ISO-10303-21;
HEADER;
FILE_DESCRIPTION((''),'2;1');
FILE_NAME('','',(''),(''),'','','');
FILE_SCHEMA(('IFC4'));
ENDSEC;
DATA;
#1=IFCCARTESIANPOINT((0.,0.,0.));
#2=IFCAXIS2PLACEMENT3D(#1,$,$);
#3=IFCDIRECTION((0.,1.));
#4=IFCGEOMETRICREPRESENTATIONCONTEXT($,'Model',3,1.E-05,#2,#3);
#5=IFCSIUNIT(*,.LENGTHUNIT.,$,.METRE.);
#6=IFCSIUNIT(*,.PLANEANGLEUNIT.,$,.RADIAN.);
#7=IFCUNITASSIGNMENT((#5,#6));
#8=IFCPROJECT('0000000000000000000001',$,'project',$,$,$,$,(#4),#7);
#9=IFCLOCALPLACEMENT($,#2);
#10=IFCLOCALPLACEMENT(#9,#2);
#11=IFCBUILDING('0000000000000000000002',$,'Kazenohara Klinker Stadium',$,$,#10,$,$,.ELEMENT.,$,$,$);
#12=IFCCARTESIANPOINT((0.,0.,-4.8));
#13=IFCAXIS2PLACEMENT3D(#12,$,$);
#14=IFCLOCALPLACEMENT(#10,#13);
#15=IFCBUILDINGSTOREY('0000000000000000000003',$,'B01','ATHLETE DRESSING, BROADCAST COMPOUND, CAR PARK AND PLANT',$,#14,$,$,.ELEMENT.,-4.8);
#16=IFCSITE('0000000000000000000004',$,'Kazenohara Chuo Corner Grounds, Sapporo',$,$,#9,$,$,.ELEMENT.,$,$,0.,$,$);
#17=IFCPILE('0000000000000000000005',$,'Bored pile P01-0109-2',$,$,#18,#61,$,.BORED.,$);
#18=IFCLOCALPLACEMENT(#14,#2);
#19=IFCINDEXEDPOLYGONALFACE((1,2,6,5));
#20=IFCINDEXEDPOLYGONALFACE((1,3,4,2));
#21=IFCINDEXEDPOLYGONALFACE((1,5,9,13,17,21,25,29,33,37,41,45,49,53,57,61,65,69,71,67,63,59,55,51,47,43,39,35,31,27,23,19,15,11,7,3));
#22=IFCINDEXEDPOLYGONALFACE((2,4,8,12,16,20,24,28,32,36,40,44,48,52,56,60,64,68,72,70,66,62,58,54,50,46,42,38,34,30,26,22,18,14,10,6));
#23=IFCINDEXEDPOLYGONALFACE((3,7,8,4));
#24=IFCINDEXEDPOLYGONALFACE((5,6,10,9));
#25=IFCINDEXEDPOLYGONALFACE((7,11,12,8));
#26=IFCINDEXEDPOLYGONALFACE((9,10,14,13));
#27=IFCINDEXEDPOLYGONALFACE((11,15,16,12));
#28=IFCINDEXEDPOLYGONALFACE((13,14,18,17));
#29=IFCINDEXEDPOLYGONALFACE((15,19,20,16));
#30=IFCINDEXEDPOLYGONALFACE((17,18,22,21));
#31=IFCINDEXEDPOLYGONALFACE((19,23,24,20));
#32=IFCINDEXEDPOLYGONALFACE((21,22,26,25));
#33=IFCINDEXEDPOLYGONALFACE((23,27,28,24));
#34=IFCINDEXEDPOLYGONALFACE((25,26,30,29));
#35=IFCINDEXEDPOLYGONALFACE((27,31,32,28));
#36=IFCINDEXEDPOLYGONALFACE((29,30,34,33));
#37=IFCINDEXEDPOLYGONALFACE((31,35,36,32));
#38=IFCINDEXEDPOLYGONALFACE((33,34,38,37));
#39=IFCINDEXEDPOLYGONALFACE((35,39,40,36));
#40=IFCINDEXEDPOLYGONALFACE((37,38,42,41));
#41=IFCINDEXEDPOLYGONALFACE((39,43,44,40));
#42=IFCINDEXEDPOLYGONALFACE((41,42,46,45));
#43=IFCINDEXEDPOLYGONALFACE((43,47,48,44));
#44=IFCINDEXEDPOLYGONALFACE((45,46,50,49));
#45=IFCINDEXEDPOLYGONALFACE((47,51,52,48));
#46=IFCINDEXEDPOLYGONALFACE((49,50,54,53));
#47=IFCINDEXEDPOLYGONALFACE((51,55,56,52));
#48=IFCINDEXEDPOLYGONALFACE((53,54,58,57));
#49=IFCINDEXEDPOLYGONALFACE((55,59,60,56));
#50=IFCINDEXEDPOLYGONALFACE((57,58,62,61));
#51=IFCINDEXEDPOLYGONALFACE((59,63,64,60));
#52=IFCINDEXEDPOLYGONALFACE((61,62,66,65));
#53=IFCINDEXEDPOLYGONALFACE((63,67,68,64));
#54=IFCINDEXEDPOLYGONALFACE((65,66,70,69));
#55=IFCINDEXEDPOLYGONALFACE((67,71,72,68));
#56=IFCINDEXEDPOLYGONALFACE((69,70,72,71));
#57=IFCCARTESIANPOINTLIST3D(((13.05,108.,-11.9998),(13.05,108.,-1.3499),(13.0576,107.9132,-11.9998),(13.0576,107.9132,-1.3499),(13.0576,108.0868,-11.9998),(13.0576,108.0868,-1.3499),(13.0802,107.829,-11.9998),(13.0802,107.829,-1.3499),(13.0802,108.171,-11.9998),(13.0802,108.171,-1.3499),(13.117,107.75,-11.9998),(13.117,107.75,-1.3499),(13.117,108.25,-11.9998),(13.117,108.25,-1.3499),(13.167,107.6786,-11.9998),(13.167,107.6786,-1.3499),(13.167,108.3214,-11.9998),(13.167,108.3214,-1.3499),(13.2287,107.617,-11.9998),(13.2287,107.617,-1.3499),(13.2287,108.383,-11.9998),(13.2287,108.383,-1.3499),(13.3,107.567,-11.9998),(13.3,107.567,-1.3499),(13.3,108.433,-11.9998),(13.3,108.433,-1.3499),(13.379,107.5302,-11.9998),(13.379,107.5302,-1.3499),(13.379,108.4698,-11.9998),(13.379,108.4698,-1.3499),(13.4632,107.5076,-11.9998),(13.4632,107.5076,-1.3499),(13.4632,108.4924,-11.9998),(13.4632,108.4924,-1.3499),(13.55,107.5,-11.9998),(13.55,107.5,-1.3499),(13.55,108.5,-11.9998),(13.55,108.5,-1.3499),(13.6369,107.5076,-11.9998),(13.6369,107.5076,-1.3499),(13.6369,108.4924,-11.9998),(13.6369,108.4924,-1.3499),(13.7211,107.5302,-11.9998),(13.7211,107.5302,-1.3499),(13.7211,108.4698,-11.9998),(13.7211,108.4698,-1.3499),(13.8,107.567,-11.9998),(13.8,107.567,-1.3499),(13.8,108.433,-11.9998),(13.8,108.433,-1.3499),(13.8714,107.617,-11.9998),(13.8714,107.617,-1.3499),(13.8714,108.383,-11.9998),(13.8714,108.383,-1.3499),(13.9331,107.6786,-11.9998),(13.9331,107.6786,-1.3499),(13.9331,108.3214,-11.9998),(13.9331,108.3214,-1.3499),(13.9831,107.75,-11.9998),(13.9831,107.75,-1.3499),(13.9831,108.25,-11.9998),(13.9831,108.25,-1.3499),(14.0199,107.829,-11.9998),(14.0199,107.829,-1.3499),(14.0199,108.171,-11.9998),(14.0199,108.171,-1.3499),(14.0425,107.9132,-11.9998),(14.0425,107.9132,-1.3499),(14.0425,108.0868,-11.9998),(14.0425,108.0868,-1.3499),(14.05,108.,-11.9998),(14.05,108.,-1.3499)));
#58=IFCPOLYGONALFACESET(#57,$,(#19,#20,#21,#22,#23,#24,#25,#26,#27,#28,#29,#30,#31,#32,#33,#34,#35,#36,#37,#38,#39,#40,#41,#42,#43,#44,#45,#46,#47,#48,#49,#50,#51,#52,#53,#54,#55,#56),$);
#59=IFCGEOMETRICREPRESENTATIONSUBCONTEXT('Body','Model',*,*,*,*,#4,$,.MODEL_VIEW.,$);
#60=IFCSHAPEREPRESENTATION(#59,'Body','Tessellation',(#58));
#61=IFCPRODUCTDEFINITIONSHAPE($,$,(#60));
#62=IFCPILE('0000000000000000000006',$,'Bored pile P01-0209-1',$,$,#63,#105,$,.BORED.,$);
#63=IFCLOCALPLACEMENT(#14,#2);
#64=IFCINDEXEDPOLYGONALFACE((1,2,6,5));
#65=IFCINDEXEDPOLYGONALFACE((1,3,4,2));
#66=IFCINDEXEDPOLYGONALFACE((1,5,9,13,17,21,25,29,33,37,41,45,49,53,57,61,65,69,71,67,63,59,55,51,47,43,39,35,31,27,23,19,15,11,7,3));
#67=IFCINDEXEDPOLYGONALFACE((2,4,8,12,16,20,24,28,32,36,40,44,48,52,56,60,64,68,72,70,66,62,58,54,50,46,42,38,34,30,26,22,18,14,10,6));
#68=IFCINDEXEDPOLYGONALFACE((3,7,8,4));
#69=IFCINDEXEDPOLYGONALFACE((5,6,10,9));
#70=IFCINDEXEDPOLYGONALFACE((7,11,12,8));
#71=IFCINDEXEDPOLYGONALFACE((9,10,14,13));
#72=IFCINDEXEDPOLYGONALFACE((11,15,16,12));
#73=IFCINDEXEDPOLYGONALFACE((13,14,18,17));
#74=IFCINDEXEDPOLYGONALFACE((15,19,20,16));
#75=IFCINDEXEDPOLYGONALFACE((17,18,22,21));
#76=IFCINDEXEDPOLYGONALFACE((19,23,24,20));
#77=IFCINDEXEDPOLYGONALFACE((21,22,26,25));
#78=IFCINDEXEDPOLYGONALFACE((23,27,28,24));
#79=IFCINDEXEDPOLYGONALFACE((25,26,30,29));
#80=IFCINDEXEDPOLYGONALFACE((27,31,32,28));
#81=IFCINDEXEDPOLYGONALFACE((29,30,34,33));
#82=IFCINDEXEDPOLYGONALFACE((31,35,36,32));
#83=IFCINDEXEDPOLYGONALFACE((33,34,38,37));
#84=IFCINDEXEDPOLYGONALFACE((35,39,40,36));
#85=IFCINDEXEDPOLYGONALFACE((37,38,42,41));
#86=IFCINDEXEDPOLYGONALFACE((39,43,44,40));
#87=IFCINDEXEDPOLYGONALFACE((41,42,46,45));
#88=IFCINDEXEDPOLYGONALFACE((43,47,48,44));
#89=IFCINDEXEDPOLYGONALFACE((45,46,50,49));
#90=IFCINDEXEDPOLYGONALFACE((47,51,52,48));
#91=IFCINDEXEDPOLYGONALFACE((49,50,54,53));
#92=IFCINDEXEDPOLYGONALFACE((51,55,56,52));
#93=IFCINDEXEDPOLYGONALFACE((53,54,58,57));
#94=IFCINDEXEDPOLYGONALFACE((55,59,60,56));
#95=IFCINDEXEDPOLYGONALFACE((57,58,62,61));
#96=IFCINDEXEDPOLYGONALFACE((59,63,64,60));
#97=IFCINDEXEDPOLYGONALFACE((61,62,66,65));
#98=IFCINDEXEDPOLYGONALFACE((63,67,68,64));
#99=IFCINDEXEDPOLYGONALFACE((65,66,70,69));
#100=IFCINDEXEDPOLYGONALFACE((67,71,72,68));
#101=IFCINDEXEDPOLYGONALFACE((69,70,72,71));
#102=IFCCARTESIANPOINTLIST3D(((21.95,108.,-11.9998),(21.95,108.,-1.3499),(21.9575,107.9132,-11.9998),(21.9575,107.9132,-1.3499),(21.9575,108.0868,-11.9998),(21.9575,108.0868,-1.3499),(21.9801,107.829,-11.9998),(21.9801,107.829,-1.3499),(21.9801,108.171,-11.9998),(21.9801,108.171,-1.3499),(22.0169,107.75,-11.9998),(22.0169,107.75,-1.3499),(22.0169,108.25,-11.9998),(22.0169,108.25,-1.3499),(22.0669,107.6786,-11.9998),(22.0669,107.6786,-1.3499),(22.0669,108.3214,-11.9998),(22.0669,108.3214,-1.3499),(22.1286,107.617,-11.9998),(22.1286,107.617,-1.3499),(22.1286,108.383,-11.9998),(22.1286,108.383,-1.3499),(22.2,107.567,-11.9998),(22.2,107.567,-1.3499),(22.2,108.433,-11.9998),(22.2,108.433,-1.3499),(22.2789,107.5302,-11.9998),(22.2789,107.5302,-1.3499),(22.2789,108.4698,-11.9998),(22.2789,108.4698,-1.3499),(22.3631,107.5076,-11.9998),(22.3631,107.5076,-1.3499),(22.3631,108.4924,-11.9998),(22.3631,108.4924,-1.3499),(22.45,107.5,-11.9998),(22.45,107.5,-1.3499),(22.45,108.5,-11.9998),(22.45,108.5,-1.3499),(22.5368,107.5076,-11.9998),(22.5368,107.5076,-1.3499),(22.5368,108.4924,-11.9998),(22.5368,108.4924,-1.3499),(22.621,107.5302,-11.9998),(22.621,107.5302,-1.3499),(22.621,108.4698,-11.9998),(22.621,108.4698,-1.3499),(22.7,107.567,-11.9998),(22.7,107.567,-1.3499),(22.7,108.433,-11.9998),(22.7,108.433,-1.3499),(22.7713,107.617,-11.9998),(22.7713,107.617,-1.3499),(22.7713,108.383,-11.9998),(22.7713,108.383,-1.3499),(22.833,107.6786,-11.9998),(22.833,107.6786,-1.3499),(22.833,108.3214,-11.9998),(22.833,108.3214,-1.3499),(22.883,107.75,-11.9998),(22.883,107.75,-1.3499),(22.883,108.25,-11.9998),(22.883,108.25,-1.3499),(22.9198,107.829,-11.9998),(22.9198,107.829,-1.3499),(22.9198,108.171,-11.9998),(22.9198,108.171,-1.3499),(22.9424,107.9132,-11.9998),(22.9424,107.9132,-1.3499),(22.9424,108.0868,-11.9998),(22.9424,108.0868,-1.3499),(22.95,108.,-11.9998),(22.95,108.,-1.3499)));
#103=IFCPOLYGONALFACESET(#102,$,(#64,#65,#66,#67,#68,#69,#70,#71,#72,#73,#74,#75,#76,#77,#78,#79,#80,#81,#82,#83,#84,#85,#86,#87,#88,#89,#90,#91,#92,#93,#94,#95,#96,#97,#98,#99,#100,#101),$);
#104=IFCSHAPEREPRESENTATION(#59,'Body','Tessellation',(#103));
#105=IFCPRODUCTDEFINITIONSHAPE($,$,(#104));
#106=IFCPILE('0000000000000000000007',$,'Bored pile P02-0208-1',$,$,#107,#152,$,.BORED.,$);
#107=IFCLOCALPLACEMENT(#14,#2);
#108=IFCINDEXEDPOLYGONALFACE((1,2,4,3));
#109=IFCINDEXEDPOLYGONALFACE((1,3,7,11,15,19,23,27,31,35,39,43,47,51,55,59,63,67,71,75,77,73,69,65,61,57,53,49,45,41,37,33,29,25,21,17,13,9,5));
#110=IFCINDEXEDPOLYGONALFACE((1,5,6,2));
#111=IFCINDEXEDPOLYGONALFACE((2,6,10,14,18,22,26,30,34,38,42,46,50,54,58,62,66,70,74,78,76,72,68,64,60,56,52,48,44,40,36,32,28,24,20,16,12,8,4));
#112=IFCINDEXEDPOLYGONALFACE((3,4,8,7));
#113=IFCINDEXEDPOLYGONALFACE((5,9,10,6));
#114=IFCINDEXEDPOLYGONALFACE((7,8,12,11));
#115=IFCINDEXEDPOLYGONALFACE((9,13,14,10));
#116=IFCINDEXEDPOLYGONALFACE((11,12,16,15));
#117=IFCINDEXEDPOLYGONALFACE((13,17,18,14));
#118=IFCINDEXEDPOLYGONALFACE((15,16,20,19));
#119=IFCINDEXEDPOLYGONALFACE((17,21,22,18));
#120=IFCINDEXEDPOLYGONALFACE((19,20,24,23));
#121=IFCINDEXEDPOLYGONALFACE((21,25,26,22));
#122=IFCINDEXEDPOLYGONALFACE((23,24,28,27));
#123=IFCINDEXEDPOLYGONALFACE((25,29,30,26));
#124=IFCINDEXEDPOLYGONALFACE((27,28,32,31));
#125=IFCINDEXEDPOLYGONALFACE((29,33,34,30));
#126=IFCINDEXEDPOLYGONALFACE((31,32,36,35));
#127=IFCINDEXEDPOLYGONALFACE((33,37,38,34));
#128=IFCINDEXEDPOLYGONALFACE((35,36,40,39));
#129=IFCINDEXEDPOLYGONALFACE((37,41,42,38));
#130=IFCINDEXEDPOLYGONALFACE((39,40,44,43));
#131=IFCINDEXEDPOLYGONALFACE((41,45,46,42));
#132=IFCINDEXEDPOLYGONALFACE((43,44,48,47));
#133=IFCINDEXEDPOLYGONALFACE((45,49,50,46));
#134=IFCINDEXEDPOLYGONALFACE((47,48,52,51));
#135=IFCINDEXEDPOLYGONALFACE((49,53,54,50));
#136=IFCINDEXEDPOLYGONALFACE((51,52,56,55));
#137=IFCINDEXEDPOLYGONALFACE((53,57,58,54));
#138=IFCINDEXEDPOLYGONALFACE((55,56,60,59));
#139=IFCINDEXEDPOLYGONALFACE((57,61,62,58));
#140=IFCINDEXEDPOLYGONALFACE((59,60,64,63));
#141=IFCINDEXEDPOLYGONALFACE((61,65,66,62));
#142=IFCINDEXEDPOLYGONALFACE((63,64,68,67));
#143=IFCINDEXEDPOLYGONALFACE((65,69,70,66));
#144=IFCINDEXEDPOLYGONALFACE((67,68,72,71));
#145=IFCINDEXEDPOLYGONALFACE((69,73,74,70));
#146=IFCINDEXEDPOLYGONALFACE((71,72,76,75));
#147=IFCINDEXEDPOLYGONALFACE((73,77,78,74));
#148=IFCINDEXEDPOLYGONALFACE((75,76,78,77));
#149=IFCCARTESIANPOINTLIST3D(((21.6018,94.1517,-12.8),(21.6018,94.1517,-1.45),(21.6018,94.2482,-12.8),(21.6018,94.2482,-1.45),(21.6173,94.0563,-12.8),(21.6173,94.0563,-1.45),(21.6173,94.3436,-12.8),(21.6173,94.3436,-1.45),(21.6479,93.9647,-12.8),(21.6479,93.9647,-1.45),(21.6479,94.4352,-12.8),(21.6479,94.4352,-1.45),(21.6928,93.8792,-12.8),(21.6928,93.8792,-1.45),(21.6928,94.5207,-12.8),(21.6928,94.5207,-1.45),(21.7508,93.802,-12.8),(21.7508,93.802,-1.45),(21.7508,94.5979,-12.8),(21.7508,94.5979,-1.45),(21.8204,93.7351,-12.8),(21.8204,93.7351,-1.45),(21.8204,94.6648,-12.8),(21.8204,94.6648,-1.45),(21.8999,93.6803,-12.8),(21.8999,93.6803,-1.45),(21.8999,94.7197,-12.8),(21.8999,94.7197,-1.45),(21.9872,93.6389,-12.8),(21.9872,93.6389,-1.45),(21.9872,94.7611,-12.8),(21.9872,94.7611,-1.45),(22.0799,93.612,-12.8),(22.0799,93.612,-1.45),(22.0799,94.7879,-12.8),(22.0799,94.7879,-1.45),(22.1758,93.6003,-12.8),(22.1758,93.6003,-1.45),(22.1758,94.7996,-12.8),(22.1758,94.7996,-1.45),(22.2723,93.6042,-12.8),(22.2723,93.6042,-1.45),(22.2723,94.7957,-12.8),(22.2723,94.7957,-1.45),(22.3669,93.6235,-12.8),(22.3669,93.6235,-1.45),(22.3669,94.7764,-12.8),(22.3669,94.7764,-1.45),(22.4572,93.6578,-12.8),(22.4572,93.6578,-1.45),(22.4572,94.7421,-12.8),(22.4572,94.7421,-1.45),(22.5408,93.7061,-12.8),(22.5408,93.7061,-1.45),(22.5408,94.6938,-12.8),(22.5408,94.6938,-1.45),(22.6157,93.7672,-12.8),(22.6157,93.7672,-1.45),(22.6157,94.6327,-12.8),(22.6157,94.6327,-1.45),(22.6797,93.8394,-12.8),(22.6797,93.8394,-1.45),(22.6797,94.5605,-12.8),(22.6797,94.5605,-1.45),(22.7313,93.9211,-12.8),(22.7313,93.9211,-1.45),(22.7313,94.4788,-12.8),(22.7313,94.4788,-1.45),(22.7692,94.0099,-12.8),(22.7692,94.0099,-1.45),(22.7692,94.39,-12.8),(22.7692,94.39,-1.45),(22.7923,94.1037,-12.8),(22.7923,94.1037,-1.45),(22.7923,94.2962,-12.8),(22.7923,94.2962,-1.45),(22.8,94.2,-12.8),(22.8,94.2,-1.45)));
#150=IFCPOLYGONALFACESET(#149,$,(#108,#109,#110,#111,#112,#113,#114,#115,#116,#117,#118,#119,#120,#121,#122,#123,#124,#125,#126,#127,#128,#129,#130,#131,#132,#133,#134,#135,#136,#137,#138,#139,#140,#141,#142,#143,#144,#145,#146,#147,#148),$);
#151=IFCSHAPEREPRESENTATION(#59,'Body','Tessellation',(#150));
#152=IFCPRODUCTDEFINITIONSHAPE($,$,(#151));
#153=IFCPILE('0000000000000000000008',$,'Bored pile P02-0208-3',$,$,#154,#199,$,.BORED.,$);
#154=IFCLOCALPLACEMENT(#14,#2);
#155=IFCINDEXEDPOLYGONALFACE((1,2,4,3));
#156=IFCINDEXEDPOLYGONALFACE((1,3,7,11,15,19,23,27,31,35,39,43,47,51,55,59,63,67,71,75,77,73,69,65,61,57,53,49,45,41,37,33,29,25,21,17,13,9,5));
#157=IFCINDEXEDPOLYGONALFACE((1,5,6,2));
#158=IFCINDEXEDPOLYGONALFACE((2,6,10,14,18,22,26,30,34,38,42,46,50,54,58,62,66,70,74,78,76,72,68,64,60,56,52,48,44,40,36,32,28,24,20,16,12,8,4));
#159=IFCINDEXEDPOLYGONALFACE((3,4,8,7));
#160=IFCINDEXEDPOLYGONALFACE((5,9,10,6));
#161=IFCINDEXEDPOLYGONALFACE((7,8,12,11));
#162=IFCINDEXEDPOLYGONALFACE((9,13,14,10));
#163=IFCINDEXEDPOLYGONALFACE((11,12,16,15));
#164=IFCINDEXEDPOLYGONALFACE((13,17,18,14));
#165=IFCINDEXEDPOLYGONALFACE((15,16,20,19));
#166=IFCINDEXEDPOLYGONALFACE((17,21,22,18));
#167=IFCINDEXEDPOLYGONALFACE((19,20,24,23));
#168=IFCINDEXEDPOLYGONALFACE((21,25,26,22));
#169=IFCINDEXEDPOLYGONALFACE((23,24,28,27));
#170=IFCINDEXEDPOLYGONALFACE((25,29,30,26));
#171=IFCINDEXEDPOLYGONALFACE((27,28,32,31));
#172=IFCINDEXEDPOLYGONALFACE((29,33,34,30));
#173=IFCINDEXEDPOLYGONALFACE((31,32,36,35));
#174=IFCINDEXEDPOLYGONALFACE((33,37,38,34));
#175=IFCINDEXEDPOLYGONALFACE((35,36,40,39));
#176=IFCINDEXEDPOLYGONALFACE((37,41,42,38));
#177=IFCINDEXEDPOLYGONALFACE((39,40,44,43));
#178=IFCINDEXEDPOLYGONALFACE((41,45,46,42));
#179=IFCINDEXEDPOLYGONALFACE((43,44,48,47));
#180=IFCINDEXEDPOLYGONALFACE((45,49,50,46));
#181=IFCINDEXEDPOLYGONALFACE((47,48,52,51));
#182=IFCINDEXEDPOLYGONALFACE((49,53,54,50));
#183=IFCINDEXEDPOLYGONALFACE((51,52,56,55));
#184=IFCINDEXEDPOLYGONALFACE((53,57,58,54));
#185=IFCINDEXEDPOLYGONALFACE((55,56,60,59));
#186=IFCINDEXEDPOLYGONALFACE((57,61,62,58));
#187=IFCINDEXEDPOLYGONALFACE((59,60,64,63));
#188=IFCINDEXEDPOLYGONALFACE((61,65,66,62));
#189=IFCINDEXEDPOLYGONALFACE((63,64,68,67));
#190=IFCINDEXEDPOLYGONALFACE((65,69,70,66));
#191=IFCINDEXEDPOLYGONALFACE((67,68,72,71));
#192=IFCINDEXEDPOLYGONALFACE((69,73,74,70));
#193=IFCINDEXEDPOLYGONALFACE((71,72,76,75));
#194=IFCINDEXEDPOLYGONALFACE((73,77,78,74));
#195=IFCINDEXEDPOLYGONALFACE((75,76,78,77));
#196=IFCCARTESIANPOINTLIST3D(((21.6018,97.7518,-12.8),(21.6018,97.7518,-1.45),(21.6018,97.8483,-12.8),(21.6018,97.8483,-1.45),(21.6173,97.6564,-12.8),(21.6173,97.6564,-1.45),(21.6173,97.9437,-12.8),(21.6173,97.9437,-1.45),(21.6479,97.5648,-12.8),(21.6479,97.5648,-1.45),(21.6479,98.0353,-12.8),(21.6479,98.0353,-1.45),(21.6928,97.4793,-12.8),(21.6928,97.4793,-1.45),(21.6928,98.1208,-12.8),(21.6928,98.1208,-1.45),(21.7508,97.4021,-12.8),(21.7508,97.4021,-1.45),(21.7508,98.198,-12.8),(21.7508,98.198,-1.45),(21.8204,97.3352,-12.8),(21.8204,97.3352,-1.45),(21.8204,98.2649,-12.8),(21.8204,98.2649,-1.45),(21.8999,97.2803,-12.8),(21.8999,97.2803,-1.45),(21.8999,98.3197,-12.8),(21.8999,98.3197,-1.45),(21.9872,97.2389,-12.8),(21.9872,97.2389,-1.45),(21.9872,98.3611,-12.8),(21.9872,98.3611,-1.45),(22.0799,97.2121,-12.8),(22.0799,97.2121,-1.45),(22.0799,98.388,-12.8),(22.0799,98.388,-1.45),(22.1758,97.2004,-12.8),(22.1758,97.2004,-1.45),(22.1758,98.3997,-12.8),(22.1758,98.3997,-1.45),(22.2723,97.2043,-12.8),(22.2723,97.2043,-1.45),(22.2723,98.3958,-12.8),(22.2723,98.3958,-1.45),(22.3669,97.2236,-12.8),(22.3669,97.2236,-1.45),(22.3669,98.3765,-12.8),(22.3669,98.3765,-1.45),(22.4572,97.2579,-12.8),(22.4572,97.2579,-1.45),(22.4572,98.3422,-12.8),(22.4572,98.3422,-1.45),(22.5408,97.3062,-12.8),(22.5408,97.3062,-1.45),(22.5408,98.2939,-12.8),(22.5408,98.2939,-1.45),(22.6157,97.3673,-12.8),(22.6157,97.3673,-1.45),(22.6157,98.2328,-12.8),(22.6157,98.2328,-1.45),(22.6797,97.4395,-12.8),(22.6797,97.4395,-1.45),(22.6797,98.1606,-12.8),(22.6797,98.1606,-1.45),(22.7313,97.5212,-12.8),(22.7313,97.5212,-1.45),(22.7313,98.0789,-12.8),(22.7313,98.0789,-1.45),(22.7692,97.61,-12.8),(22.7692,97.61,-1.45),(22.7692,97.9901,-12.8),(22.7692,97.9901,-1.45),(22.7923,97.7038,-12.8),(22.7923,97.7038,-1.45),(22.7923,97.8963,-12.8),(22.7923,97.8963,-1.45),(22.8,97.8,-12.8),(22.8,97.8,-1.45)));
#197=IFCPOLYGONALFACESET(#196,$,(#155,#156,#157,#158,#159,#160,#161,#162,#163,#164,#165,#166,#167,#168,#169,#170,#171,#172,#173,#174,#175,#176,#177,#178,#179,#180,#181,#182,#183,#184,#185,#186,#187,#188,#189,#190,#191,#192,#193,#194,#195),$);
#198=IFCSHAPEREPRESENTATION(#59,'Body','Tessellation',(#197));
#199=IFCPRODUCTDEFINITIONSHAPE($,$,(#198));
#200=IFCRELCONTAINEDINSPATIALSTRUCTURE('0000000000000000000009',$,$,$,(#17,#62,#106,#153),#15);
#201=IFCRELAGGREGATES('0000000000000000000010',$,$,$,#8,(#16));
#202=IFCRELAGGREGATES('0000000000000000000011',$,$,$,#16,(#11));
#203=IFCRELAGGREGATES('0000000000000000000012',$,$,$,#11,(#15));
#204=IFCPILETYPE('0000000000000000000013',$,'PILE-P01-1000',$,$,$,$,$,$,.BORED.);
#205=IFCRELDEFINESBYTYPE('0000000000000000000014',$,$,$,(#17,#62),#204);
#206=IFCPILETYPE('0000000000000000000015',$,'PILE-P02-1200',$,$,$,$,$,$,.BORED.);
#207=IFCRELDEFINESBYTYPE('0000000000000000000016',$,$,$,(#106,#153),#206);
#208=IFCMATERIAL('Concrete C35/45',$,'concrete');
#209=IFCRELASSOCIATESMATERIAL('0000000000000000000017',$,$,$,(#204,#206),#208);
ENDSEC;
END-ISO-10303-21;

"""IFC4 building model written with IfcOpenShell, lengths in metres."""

from ifc_helpers import new_model, si_unit, direction, frame, origin, origin_2d, place, context, subcontext, project, spatial, circle, extrude, material, material_profile, profile_set, type_object, element, save


model = new_model("IFC4")

# Units and contexts
model_context = context("Model", 3, precision=1e-05, world=origin(), true_north=direction((0.0, 1.0)))
body_context = subcontext(model_context, "Body", "Model", "MODEL_VIEW")
ifc_project = project(units=[si_unit("LENGTHUNIT", "METRE"), si_unit("PLANEANGLEUNIT", "RADIAN")], contexts=[model_context])

# Site, building, storey
site_placement = place(None, origin())
site = spatial("IfcSite", under=ifc_project, at=site_placement, Name="Kazenohara Chuo Corner Grounds, Sapporo", CompositionType="ELEMENT", RefElevation=0.0)
building_placement = place(site_placement, origin())
building = spatial("IfcBuilding", under=site, at=building_placement, Name="Kazenohara Klinker Stadium", CompositionType="ELEMENT")
storey_placement = place(building_placement, frame((0.0, 0.0, -4.8)))
storey = spatial("IfcBuildingStorey", under=building, at=storey_placement, Name="B01", Description="ATHLETE DRESSING, BROADCAST COMPOUND, CAR PARK AND PLANT", CompositionType="ELEMENT", Elevation=-4.8)

# Shared definitions
ifc_material_1 = material(Name="Concrete C35/45", Category="concrete")

# Piles
ifc_material_profile_1 = material_profile(ifc_material_1, circle(Radius=0.5, at=origin_2d()), Name="BORED-PILE-1000")
ifc_profile_set_1 = profile_set([ifc_material_profile_1], Name="Concrete C35/45")
pile_type_1 = type_object("IfcPileType", Name="PILE-P01-1000", PredefinedType="BORED", material=ifc_profile_set_1)
for number, where, z_axis, x_axis, name in (
    (1, (13.55, 108.0, -1.3499), (0.0, 0.0, -1.0), (1.0, 0.0, 0.0), "Bored pile P01-0109-2"),
    (2, (22.45, 108.0, -1.3499), (0.0, 0.0, -1.0), (1.0, 0.0, 0.0), "Bored pile P01-0209-1"),
):
    element("IfcPile", number, at=place(storey_placement, frame(where, z_axis=z_axis, x_axis=x_axis)), inside=storey, type_object=pile_type_1, Name=name, PredefinedType="BORED", context=body_context, shape_type="SweptSolid", body=[
        extrude(circle(Radius=0.5, at=origin_2d()), origin(), (0.0, 0.0, 1.0), 10.6499),
    ])
ifc_material_profile_2 = material_profile(ifc_material_1, circle(Radius=0.6001, at=origin_2d()), Name="BORED-PILE-1200")
ifc_profile_set_2 = profile_set([ifc_material_profile_2], Name="Concrete C35/45")
pile_type_2 = type_object("IfcPileType", Name="PILE-P02-1200", PredefinedType="BORED", material=ifc_profile_set_2)
for number, where, z_axis, x_axis, name in (
    (3, (22.2, 94.2, -1.45), (0.0, 0.0, -1.0), (1.0, 0.0, 0.0), "Bored pile P02-0208-1"),
    (4, (22.2, 97.8, -1.45), (0.0, 0.0, -1.0), (1.0, 0.0, 0.0), "Bored pile P02-0208-3"),
):
    element("IfcPile", number, at=place(storey_placement, frame(where, z_axis=z_axis, x_axis=x_axis)), inside=storey, type_object=pile_type_2, Name=name, PredefinedType="BORED", context=body_context, shape_type="SweptSolid", body=[
        extrude(circle(Radius=0.6001, at=origin_2d()), origin(), (0.0, 0.0, 1.0), 11.3501),
    ])

save(model, "model.ifc")
